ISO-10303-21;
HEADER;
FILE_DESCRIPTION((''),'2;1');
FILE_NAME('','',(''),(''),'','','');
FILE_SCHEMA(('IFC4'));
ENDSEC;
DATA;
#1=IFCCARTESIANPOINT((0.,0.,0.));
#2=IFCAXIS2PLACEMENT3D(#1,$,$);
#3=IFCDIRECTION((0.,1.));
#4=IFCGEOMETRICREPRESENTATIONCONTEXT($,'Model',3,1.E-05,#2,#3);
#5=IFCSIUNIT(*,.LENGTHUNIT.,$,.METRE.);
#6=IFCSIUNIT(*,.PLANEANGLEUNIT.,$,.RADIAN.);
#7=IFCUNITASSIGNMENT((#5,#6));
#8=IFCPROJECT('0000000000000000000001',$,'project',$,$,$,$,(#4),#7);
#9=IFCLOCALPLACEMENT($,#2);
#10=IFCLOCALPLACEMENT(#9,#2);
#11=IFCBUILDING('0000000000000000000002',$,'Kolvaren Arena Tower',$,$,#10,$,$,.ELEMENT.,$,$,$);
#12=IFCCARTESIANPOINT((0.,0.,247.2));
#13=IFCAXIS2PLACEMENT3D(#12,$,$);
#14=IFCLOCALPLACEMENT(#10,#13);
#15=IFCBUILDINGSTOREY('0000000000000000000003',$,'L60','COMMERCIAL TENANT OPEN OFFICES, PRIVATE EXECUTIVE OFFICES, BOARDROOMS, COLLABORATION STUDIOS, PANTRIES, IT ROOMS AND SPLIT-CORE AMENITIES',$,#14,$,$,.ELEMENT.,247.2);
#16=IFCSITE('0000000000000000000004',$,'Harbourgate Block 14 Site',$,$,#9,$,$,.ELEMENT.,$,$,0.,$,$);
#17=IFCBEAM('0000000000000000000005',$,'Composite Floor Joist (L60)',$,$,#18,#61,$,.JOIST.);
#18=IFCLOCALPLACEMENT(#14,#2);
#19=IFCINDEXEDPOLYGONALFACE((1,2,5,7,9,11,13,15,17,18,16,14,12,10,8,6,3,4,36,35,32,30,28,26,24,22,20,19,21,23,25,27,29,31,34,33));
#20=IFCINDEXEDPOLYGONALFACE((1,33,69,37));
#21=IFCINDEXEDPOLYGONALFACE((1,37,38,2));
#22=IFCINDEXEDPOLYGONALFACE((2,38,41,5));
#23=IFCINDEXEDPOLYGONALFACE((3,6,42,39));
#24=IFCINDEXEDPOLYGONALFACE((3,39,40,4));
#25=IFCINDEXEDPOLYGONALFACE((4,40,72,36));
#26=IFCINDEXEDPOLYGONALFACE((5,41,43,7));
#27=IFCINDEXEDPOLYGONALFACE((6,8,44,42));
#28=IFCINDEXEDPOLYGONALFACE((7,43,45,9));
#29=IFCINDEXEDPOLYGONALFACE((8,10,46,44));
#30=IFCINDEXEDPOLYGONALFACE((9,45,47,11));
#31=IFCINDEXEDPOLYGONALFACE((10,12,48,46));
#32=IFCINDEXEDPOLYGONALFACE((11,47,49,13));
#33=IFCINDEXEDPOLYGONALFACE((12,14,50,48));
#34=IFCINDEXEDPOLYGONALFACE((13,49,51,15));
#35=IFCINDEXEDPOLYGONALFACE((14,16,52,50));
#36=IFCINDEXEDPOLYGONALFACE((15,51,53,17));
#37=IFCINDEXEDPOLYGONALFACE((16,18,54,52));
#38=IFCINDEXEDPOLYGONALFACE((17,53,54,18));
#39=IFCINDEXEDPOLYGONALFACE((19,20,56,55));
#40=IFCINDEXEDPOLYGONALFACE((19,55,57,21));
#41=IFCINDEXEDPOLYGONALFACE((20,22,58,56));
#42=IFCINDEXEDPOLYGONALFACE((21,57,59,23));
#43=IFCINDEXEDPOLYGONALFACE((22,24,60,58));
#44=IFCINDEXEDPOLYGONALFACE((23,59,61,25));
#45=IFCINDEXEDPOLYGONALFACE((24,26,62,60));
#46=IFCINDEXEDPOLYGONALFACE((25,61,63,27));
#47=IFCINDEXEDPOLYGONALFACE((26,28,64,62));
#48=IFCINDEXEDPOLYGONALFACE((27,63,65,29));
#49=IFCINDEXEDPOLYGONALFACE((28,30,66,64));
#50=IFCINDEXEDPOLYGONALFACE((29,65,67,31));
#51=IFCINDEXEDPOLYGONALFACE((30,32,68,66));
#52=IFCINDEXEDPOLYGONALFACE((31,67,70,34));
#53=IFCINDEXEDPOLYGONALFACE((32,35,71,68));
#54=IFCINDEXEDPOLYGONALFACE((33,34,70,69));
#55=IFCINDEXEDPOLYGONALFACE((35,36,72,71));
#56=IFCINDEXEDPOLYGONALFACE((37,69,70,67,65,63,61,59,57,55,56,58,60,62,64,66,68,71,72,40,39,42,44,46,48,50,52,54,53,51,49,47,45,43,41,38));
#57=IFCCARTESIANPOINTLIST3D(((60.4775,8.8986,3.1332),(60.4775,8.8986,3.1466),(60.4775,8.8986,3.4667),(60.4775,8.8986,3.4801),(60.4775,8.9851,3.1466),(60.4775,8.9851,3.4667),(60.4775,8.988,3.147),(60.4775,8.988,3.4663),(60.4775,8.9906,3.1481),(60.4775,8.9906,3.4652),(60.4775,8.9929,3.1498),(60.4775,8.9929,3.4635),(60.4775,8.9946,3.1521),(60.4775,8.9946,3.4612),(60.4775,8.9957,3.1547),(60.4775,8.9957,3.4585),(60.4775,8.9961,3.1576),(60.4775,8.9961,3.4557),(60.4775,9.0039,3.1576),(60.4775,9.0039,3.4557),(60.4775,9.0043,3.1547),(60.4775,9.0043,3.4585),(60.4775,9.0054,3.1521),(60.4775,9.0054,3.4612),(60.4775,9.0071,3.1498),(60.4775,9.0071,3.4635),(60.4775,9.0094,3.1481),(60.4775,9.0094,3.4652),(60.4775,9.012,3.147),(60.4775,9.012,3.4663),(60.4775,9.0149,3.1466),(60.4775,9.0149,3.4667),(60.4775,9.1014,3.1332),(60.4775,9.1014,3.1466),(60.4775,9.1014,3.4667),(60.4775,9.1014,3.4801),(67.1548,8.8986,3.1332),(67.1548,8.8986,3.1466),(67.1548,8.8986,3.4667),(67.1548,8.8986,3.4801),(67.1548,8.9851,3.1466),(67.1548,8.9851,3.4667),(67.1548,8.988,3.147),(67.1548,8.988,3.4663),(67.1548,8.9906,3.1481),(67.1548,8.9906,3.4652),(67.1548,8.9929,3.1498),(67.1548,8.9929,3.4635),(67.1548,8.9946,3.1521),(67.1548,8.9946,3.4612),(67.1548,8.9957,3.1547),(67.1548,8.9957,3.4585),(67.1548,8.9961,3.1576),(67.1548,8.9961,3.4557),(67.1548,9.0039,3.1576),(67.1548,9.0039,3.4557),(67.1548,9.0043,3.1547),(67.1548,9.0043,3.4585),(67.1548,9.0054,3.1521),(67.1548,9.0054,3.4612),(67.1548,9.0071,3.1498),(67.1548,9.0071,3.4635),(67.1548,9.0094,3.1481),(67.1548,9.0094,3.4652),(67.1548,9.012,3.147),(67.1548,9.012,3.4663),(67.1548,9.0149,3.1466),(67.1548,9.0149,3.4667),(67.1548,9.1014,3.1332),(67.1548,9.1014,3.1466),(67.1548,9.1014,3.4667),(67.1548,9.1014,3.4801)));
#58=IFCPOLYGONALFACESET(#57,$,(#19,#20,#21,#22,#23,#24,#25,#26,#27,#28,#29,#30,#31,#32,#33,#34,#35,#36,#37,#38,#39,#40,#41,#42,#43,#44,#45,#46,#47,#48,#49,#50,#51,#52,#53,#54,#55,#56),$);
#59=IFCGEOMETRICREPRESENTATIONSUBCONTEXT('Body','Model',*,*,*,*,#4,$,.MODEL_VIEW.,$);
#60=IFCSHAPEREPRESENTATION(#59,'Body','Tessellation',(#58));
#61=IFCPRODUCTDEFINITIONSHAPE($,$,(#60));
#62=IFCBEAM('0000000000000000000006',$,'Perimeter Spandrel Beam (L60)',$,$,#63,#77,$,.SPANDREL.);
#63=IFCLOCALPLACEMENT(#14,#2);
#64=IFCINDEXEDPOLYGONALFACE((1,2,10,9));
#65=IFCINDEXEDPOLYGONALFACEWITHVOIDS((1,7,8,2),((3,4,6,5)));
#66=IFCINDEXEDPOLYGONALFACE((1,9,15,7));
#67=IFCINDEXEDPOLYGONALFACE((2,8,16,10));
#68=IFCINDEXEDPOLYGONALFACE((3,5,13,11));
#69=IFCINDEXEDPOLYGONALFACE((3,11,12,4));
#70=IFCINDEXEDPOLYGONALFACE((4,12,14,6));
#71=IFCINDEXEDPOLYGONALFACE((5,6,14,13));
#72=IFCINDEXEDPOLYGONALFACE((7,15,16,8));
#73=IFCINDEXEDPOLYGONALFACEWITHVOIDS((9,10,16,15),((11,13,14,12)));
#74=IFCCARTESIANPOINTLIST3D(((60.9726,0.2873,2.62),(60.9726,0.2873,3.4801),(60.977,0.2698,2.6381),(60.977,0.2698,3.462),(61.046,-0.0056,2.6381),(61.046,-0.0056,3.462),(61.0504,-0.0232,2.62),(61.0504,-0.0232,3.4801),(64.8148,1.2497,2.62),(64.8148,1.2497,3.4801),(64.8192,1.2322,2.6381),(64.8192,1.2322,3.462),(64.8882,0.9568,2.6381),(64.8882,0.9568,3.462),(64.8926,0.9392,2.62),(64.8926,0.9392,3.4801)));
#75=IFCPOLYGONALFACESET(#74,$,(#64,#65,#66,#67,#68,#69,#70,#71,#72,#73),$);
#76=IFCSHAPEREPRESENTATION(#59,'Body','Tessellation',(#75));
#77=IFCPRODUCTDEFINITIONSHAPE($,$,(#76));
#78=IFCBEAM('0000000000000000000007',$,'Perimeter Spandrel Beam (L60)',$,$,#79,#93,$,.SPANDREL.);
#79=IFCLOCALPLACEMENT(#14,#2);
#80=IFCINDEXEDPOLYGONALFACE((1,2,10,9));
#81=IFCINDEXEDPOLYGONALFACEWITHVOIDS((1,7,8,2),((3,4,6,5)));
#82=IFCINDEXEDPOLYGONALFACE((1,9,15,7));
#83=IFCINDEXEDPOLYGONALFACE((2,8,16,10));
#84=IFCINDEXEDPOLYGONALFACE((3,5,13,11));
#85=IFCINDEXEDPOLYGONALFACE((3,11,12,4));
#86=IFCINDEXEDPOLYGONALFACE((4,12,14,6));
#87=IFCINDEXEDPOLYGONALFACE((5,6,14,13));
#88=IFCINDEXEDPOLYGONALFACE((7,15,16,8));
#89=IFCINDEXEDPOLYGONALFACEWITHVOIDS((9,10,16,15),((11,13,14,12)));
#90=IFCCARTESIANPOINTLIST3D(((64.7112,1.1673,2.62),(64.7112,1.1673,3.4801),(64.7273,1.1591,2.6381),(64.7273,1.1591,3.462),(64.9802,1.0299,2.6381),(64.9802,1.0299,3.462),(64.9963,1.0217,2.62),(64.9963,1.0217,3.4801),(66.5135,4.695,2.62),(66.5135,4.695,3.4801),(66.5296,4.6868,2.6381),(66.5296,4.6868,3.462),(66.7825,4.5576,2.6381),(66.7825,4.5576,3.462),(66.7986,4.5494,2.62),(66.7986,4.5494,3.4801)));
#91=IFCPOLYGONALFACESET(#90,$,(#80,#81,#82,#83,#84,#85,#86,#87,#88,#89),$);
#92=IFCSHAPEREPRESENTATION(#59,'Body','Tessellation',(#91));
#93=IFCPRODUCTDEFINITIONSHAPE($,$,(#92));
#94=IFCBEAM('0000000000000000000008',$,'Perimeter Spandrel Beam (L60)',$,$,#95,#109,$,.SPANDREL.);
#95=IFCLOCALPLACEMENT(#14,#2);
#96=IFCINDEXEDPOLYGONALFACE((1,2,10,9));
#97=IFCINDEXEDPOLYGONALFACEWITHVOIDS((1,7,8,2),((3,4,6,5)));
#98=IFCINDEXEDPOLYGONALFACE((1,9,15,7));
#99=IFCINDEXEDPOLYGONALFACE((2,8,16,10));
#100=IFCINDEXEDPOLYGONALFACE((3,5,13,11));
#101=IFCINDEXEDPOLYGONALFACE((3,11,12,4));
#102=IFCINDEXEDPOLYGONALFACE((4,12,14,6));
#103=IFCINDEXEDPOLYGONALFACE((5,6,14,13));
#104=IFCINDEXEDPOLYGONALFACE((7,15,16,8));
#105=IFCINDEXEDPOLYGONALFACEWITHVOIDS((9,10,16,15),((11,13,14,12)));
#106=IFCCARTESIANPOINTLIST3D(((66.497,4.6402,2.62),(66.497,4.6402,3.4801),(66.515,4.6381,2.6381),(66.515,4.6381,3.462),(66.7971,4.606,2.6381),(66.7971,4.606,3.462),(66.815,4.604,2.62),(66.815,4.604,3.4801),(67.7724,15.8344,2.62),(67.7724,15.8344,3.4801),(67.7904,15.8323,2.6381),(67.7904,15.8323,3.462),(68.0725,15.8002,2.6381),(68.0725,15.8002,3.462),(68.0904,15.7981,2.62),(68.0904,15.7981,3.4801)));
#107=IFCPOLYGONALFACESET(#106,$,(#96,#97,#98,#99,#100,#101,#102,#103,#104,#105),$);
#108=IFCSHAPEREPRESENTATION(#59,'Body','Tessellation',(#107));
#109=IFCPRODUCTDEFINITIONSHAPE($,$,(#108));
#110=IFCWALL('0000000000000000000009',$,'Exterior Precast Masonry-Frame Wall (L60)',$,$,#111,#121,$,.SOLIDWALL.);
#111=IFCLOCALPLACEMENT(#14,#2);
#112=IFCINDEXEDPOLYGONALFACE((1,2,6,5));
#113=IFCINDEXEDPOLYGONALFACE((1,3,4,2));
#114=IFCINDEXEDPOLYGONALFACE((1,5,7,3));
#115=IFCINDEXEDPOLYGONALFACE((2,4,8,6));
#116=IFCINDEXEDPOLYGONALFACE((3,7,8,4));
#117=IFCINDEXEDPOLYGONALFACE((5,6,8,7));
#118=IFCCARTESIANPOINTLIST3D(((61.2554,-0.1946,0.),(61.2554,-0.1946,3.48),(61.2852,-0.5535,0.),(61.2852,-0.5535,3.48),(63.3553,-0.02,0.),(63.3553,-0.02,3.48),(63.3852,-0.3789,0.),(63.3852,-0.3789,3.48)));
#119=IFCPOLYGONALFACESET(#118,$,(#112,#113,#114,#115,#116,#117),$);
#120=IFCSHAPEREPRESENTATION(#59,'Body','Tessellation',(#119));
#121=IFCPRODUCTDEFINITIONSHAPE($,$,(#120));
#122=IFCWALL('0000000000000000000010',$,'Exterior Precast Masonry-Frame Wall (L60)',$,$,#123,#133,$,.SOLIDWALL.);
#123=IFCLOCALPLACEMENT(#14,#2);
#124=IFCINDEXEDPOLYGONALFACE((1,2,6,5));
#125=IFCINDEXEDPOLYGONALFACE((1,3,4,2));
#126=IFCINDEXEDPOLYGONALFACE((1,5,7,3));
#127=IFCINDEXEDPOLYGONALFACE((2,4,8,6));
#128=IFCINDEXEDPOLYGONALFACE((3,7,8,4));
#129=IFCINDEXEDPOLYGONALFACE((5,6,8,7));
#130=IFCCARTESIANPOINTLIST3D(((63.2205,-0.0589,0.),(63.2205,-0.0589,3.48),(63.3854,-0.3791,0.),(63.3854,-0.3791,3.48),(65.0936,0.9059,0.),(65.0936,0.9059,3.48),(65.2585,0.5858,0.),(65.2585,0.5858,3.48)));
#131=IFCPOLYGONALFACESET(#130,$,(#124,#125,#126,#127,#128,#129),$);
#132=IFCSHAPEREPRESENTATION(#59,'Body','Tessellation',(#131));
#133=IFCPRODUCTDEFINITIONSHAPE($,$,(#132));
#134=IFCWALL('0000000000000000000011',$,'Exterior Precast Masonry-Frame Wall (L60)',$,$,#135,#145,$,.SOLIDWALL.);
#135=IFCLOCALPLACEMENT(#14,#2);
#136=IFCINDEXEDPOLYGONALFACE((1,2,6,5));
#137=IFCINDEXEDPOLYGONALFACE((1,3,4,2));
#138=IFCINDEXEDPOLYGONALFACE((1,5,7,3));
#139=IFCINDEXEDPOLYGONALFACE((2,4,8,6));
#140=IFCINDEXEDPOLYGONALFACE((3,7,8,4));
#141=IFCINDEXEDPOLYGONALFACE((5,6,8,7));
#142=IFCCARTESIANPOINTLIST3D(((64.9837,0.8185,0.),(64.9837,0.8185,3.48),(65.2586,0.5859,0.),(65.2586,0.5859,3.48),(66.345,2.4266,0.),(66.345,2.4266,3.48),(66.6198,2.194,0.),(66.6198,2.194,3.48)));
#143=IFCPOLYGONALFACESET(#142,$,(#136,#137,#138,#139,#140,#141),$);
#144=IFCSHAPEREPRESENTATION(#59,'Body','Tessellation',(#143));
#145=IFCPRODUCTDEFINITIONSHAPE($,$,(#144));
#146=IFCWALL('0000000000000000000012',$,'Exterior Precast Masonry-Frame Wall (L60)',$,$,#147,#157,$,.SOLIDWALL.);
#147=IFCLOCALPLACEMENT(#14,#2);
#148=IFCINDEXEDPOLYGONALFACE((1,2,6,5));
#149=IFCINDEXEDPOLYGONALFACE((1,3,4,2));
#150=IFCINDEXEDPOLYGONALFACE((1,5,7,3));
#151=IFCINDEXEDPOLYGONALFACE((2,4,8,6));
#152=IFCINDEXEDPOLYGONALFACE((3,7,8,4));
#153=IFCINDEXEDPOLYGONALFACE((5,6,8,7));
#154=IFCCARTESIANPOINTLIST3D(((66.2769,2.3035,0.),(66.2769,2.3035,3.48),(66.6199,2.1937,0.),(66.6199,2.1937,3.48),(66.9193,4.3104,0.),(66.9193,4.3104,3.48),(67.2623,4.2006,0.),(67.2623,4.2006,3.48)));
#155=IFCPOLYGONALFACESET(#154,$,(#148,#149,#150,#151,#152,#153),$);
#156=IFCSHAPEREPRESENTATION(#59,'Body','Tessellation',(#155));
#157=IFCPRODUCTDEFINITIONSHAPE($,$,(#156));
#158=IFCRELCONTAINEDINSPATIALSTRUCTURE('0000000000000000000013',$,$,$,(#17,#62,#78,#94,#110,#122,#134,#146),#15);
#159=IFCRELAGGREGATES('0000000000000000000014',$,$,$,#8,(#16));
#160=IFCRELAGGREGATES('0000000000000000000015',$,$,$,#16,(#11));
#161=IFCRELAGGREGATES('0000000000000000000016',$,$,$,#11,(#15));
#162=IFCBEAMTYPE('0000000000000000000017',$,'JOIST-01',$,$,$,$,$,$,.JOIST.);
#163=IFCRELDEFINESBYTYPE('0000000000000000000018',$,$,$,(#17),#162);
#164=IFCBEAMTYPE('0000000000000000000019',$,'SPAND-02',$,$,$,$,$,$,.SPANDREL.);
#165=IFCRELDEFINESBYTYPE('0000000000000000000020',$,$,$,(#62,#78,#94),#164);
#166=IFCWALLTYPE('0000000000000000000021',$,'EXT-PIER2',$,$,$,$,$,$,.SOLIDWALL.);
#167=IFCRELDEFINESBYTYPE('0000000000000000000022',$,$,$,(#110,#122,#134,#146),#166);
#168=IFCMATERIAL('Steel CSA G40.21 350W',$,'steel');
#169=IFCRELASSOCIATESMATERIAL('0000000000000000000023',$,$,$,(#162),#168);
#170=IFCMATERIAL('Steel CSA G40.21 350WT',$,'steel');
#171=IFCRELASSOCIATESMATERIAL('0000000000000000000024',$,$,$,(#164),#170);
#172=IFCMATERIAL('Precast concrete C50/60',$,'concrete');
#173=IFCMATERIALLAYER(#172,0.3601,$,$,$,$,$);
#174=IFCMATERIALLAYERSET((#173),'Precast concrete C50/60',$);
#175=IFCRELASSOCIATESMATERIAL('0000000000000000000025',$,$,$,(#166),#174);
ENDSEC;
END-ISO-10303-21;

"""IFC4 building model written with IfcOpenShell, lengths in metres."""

from ifc_helpers import new_model, si_unit, direction, frame, frame_2d, origin, origin_2d, place, context, subcontext, project, spatial, rectangle, hollow_rectangle, i_section, extrude, material, layer, layer_set, material_profile, profile_set, type_object, element, save


model = new_model("IFC4")

# Units and contexts
model_context = context("Model", 3, precision=1e-05, world=origin(), true_north=direction((0.0, 1.0)))
body_context = subcontext(model_context, "Body", "Model", "MODEL_VIEW")
ifc_project = project(units=[si_unit("LENGTHUNIT", "METRE"), si_unit("PLANEANGLEUNIT", "RADIAN")], contexts=[model_context])

# Site, building, storey
site_placement = place(None, origin())
site = spatial("IfcSite", under=ifc_project, at=site_placement, Name="Harbourgate Block 14 Site", CompositionType="ELEMENT", RefElevation=0.0)
building_placement = place(site_placement, origin())
building = spatial("IfcBuilding", under=site, at=building_placement, Name="Kolvaren Arena Tower", CompositionType="ELEMENT")
storey_placement = place(building_placement, frame((0.0, 0.0, 247.2)))
storey = spatial("IfcBuildingStorey", under=building, at=storey_placement, Name="L60", Description="COMMERCIAL TENANT OPEN OFFICES, PRIVATE EXECUTIVE OFFICES, BOARDROOMS, COLLABORATION STUDIOS, PANTRIES, IT ROOMS AND SPLIT-CORE AMENITIES", CompositionType="ELEMENT", Elevation=247.2)

# Beams
ifc_material_1 = material(Name="Steel CSA G40.21 350W", Category="steel")
ifc_material_profile_1 = material_profile(ifc_material_1, i_section(OverallWidth=0.2029, OverallDepth=0.3469, WebThickness=0.0078, FlangeThickness=0.0134, FilletRadius=0.011, at=origin_2d()), Name="W360x64")
ifc_profile_set_1 = profile_set([ifc_material_profile_1], Name="Steel CSA G40.21 350W")
beam_type_1 = type_object("IfcBeamType", Name="JOIST-01", PredefinedType="JOIST", material=ifc_profile_set_1)
beam_1_placement = place(storey_placement, frame((60.4775, 9.0, 3.3066), z_axis=(1.0, 0.0, 0.0), x_axis=(0.0, 1.0, 0.0)))
element("IfcBeam", 1, at=beam_1_placement, inside=storey, type_object=beam_type_1, Name="Composite Floor Joist (L60)", PredefinedType="JOIST", context=body_context, shape_type="SweptSolid", body=[
    extrude(i_section(OverallWidth=0.2029, OverallDepth=0.3469, WebThickness=0.0078, FlangeThickness=0.0134, FilletRadius=0.011, at=origin_2d()), origin(), (0.0, 0.0, 1.0), 6.6772),
])
ifc_material_2 = material(Name="Steel CSA G40.21 350WT", Category="steel")
ifc_material_profile_2 = material_profile(ifc_material_2, hollow_rectangle(XDim=0.3201, YDim=0.8601, WallThickness=0.0181, at=origin_2d()), Name="HSS 860x320x18")
ifc_profile_set_2 = profile_set([ifc_material_profile_2], Name="Steel CSA G40.21 350WT")
beam_type_2 = type_object("IfcBeamType", Name="SPAND-02", PredefinedType="SPANDREL", material=ifc_profile_set_2)
beam_2_placement = place(storey_placement, frame((61.0115, 0.1321, 3.05), z_axis=(0.970034, 0.242971, 0.0), x_axis=(-0.242971, 0.970034, 0.0)))
element("IfcBeam", 2, at=beam_2_placement, inside=storey, type_object=beam_type_2, Name="Perimeter Spandrel Beam (L60)", PredefinedType="SPANDREL", context=body_context, shape_type="SweptSolid", body=[
    extrude(hollow_rectangle(XDim=0.3201, YDim=0.8601, WallThickness=0.0181, at=origin_2d()), origin(), (0.0, 0.0, 1.0), 3.9609),
])
beam_3_placement = place(storey_placement, frame((64.8538, 1.0945, 3.05), z_axis=(0.454962, 0.890511, 0.0), x_axis=(-0.890511, 0.454962, 0.0)))
element("IfcBeam", 3, at=beam_3_placement, inside=storey, type_object=beam_type_2, Name="Perimeter Spandrel Beam (L60)", PredefinedType="SPANDREL", context=body_context, shape_type="SweptSolid", body=[
    extrude(hollow_rectangle(XDim=0.3201, YDim=0.8601, WallThickness=0.0181, at=origin_2d()), origin(), (0.0, 0.0, 1.0), 3.9614),
])
beam_4_placement = place(storey_placement, frame((66.656, 4.6221, 3.05), z_axis=(0.113202, 0.993572, 0.0), x_axis=(-0.993572, 0.113202, 0.0)))
element("IfcBeam", 4, at=beam_4_placement, inside=storey, type_object=beam_type_2, Name="Perimeter Spandrel Beam (L60)", PredefinedType="SPANDREL", context=body_context, shape_type="SweptSolid", body=[
    extrude(hollow_rectangle(XDim=0.3201, YDim=0.8601, WallThickness=0.0181, at=origin_2d()), origin(), (0.0, 0.0, 1.0), 11.2666),
])

# Walls
ifc_material_3 = material(Name="Precast concrete C50/60", Category="concrete")
ifc_layer = layer(ifc_material_3, 0.3601)
ifc_layer_set = layer_set([ifc_layer], Name="Precast concrete C50/60")
wall_type = type_object("IfcWallType", Name="EXT-PIER2", PredefinedType="SOLIDWALL", material=ifc_layer_set)
wall_1_placement = place(storey_placement, frame((63.3704, -0.1995, 0.0), z_axis=(0.0, 0.0, 1.0), x_axis=(-0.996563, -0.082844, 0.0)))
element("IfcWall", 5, at=wall_1_placement, inside=storey, type_object=wall_type, Name="Exterior Precast Masonry-Frame Wall (L60)", PredefinedType="SOLIDWALL", context=body_context, shape_type="SweptSolid", body=[
    extrude(rectangle(XDim=2.1072, YDim=0.3601, at=frame_2d((1.0537, 0.0))), origin(), (0.0, 0.0, 1.0), 3.48),
])
for number, where, z_axis, x_axis, name in (
    (6, (65.176, 0.7458, 0.0), (0.0, 0.0, 1.0), (-0.888986, -0.457934, 0.0), "Exterior Precast Masonry-Frame Wall (L60)"),
    (7, (66.4824, 2.3103, 0.0), (0.0, 0.0, 1.0), (-0.646103, -0.76325, 0.0), "Exterior Precast Masonry-Frame Wall (L60)"),
):
    element("IfcWall", number, at=place(storey_placement, frame(where, z_axis=z_axis, x_axis=x_axis)), inside=storey, type_object=wall_type, Name=name, PredefinedType="SOLIDWALL", context=body_context, shape_type="SweptSolid", body=[
        extrude(rectangle(XDim=2.1069, YDim=0.3601, at=frame_2d((1.0535, 0.0))), origin(), (0.0, 0.0, 1.0), 3.48),
    ])
wall_2_placement = place(storey_placement, frame((67.0908, 4.2556, 0.0), z_axis=(0.0, 0.0, 1.0), x_axis=(-0.304839, -0.952404, 0.0)))
element("IfcWall", 8, at=wall_2_placement, inside=storey, type_object=wall_type, Name="Exterior Precast Masonry-Frame Wall (L60)", PredefinedType="SOLIDWALL", context=body_context, shape_type="SweptSolid", body=[
    extrude(rectangle(XDim=2.1072, YDim=0.3601, at=frame_2d((1.0537, 0.0))), origin(), (0.0, 0.0, 1.0), 3.48),
])

save(model, "model.ifc")
